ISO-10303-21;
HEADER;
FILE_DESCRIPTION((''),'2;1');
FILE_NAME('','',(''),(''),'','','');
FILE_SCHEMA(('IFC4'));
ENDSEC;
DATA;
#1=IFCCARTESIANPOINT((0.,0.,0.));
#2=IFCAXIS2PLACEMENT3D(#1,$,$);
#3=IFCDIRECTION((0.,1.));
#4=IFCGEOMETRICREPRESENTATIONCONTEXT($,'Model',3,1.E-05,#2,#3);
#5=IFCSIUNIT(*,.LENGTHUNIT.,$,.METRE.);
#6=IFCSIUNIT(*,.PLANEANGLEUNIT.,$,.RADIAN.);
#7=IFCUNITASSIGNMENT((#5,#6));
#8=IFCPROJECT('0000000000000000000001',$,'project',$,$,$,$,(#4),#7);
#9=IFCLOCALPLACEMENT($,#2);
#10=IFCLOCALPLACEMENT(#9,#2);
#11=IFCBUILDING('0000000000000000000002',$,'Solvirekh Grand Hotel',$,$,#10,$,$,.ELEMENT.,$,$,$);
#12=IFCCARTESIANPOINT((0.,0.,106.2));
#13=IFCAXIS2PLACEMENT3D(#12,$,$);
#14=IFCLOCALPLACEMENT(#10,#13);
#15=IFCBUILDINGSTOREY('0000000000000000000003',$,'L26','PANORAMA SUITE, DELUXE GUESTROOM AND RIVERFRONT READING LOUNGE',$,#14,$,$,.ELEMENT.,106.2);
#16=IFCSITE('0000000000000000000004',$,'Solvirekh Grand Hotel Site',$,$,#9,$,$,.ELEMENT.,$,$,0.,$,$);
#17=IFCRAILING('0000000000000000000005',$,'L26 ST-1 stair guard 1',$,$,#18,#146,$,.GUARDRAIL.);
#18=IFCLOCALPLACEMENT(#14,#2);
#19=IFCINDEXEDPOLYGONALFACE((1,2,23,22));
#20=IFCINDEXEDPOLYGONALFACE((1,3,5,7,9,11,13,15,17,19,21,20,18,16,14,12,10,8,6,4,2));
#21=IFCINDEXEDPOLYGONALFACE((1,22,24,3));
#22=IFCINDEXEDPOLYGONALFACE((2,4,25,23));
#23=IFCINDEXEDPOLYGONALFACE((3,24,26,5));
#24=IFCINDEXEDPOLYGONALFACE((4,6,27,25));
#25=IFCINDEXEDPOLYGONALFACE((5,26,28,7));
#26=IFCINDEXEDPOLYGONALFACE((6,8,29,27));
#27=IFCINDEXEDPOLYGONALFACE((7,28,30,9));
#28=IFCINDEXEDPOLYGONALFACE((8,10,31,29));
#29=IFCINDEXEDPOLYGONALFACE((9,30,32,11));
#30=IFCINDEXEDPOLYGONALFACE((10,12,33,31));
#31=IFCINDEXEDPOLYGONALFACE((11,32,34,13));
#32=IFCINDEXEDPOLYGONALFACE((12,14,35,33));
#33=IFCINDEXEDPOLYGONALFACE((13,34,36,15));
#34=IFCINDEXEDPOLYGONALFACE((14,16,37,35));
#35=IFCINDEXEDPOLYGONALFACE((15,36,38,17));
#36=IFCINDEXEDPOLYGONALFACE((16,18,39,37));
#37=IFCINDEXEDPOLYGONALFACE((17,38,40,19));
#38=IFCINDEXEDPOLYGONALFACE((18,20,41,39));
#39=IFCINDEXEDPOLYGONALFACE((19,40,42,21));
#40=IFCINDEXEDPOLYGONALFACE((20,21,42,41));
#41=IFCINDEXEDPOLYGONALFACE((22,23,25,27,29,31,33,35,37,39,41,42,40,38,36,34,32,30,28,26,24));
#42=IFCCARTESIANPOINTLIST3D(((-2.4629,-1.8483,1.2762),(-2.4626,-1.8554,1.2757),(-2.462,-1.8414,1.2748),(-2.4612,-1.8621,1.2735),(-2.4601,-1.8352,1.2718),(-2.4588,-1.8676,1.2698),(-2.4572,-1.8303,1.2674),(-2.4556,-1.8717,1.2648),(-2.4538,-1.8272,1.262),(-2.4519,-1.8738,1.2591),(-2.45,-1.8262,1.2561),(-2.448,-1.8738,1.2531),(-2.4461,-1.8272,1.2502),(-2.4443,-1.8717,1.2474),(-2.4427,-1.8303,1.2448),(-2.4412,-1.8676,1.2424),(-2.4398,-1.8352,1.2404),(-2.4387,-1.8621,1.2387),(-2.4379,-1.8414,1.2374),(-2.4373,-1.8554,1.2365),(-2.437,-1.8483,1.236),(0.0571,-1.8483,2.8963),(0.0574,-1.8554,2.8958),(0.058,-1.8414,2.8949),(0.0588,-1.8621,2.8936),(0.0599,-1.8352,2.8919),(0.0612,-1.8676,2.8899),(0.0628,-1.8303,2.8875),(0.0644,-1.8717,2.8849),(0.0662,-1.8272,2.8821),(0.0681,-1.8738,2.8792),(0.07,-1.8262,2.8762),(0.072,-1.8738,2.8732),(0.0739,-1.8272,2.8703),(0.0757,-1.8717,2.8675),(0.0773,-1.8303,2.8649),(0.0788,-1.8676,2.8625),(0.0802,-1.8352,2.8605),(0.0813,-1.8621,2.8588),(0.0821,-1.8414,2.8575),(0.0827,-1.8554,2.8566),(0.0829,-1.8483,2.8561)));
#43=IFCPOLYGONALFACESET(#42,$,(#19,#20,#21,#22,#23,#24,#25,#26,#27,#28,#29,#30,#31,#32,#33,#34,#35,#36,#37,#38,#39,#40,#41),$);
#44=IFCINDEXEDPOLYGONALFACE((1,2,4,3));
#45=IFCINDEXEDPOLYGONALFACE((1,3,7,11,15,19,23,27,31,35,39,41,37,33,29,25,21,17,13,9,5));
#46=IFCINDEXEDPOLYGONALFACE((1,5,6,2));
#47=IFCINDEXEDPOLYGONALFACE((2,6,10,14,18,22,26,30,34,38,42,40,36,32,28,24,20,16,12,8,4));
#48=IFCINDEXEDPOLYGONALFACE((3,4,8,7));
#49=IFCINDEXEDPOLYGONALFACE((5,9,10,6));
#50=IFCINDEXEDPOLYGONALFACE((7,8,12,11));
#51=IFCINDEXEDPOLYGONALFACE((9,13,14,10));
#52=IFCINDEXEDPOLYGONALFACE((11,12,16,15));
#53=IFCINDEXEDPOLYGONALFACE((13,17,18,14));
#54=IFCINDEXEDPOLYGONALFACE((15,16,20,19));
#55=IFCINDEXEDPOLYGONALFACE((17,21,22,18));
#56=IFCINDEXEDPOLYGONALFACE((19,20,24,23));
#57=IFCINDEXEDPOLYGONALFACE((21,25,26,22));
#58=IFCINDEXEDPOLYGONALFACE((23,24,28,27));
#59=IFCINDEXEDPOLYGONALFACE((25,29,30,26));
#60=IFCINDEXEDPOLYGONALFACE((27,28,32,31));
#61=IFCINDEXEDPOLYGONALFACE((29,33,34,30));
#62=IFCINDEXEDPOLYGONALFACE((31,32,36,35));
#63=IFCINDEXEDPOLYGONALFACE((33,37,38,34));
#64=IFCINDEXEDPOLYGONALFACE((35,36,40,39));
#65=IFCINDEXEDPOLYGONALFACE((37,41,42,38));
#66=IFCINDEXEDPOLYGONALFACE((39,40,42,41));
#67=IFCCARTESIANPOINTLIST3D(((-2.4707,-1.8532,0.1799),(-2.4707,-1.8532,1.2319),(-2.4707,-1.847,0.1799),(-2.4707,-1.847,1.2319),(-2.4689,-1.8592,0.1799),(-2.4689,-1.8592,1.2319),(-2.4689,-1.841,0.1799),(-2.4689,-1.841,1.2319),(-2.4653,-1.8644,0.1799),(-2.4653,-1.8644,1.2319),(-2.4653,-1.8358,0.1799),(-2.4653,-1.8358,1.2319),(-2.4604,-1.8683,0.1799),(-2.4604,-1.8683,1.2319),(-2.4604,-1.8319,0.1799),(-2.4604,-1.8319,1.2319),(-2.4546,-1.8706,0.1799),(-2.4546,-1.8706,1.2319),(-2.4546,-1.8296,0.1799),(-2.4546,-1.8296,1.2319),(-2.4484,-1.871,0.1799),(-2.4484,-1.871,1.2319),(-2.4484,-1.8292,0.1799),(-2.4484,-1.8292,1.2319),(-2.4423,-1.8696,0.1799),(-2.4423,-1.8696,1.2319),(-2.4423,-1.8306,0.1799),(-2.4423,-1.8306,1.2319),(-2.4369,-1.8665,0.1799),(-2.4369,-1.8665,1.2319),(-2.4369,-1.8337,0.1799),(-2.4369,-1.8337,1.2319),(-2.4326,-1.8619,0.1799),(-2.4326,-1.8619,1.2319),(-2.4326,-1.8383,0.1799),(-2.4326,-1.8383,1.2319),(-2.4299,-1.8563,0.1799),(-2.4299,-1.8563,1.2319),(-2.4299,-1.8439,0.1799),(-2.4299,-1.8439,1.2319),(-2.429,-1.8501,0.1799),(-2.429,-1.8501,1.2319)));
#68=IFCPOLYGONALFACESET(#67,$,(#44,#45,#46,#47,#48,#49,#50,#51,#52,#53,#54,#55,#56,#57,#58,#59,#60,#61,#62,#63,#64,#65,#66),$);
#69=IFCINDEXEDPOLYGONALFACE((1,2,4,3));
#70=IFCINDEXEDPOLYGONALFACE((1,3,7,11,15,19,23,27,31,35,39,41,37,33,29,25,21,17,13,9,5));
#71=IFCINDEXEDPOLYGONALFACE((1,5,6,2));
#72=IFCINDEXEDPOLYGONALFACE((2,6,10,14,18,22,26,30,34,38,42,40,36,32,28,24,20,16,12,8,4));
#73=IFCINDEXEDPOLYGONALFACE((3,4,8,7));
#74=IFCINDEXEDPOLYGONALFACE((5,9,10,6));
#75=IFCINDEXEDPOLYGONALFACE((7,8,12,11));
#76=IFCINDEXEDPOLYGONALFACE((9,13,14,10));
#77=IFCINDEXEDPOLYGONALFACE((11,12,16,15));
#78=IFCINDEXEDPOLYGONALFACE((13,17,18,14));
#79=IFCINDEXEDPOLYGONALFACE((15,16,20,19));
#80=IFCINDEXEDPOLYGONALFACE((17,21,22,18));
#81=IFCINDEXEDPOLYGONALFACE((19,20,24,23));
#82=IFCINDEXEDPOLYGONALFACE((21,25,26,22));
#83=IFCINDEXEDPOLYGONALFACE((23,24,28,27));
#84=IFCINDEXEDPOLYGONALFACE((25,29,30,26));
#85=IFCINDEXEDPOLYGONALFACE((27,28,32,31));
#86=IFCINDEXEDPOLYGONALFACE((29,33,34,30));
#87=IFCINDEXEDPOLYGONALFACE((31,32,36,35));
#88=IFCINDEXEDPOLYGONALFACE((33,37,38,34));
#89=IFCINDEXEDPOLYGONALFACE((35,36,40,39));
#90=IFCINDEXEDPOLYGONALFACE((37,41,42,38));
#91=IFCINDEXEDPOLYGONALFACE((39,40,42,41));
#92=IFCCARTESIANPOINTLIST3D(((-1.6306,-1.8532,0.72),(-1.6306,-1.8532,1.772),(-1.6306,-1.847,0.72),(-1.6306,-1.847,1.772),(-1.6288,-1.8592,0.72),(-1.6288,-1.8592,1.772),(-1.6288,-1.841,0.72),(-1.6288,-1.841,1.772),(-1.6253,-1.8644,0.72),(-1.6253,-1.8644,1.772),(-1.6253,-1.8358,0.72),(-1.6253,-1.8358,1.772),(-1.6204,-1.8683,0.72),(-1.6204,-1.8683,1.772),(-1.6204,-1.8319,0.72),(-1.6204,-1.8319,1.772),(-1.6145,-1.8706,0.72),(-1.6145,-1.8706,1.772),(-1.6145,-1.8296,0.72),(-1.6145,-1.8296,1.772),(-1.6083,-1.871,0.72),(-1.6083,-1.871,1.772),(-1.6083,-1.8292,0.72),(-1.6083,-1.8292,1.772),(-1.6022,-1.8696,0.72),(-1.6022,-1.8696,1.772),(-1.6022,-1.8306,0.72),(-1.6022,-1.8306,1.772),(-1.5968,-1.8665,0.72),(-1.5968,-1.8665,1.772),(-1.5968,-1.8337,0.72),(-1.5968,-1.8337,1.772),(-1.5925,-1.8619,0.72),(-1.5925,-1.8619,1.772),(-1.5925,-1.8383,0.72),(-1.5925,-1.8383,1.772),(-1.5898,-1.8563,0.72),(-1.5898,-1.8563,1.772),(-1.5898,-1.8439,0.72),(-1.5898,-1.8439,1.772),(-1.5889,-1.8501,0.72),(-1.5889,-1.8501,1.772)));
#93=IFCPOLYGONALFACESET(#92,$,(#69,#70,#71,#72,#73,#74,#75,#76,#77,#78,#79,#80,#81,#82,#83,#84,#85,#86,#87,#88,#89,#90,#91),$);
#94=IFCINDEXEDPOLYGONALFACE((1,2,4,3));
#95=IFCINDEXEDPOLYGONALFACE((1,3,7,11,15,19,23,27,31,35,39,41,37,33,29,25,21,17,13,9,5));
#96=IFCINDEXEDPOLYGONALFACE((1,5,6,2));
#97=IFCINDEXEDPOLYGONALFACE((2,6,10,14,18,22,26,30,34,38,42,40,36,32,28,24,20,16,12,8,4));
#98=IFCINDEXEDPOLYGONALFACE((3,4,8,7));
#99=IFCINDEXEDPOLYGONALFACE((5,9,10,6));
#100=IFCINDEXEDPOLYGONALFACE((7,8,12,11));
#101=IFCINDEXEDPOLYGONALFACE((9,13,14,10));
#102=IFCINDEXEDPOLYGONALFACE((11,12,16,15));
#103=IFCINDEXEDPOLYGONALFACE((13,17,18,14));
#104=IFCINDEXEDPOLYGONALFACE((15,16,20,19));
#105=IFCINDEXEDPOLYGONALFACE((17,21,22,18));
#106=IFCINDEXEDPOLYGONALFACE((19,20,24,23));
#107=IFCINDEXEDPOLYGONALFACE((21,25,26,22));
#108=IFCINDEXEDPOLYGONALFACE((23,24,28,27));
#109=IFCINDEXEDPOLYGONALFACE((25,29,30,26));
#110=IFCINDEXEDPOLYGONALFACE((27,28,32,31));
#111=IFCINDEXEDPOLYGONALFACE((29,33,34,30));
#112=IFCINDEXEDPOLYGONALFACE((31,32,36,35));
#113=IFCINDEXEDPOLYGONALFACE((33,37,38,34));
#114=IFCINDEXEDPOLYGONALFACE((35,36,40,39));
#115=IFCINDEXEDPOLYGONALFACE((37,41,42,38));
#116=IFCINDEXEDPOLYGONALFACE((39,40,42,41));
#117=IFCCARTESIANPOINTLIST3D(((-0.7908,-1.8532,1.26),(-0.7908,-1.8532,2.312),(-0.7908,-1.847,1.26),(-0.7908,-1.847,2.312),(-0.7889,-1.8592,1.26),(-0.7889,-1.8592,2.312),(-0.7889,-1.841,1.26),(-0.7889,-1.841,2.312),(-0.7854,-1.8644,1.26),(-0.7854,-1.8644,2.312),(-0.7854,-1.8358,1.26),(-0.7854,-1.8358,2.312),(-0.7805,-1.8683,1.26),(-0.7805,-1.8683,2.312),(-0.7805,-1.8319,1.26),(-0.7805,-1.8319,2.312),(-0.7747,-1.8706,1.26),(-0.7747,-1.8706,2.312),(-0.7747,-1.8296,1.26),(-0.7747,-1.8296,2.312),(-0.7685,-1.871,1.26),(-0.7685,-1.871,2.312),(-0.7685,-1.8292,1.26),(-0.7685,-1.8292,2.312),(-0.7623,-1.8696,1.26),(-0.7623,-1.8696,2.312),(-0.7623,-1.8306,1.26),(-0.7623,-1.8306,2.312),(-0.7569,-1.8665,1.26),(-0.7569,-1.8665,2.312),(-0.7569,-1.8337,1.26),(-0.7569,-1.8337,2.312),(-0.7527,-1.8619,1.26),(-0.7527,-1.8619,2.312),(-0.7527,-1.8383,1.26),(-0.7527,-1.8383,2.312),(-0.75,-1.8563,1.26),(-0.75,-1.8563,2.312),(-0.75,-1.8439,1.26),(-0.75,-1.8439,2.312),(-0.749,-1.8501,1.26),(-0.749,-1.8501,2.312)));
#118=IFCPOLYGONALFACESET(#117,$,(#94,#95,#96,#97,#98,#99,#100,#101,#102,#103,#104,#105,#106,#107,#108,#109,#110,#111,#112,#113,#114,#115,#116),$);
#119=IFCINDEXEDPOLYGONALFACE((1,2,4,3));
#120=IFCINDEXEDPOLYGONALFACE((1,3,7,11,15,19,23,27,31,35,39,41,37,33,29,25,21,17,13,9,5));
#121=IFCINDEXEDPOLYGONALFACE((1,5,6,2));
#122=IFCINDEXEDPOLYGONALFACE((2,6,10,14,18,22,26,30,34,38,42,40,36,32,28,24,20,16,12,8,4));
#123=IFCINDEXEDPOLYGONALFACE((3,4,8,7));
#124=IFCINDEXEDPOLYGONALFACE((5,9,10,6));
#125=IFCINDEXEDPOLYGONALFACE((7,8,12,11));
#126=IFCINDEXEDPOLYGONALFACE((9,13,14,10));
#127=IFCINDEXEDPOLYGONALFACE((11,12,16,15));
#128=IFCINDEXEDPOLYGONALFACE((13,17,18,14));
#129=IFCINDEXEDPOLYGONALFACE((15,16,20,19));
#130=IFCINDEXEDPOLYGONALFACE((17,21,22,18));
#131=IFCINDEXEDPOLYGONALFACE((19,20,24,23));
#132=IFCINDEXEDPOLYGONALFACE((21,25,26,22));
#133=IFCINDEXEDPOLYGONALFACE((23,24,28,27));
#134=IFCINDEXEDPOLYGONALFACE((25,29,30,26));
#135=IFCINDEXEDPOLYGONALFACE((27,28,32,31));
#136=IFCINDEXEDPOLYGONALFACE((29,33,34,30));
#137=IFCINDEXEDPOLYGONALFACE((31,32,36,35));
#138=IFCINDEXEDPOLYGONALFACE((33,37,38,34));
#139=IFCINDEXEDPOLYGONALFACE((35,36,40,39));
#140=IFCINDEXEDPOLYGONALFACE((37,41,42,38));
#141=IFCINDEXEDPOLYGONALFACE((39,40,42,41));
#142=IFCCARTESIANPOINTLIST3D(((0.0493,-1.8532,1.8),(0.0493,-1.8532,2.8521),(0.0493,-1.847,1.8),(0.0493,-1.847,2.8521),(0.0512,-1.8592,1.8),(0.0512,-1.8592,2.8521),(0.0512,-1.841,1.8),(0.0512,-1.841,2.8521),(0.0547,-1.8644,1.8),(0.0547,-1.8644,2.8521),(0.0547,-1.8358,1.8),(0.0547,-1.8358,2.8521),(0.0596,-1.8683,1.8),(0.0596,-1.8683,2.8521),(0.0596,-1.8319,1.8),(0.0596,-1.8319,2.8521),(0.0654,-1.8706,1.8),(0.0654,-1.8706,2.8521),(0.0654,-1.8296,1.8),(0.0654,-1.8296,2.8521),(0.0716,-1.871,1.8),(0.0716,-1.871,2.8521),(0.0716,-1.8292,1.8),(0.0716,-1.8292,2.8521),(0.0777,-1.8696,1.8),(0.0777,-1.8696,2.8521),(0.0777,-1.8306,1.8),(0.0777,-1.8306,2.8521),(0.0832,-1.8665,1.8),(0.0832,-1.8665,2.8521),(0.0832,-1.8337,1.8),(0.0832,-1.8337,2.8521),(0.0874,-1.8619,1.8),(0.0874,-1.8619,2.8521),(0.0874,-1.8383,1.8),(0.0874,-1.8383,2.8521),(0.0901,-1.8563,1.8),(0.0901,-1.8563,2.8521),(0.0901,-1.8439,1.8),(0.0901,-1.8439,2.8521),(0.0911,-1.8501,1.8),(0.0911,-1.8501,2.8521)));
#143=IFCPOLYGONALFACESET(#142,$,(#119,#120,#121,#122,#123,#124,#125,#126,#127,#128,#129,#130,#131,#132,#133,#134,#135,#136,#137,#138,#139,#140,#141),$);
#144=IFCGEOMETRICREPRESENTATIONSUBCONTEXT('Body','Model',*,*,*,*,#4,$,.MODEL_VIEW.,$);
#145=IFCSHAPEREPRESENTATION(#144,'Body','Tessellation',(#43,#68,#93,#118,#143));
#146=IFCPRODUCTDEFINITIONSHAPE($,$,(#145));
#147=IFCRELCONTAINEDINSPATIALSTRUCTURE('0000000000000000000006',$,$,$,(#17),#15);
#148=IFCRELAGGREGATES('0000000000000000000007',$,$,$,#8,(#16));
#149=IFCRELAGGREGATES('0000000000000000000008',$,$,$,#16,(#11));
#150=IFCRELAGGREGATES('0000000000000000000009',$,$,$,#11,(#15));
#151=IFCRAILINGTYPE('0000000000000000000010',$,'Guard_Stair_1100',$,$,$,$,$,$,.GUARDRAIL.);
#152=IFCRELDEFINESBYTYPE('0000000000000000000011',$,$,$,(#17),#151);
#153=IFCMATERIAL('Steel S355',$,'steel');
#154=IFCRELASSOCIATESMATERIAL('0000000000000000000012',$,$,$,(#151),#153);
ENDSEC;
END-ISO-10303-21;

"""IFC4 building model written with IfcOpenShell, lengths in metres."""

from ifc_helpers import new_model, si_unit, direction, frame, origin, origin_2d, place, context, subcontext, project, spatial, circle, extrude, material, type_object, element, save


model = new_model("IFC4")

# Units and contexts
model_context = context("Model", 3, precision=1e-05, world=origin(), true_north=direction((0.0, 1.0)))
body_context = subcontext(model_context, "Body", "Model", "MODEL_VIEW")
ifc_project = project(units=[si_unit("LENGTHUNIT", "METRE"), si_unit("PLANEANGLEUNIT", "RADIAN")], contexts=[model_context])

# Site, building, storey
site_placement = place(None, origin())
site = spatial("IfcSite", under=ifc_project, at=site_placement, Name="Solvirekh Grand Hotel Site", CompositionType="ELEMENT", RefElevation=0.0)
building_placement = place(site_placement, origin())
building = spatial("IfcBuilding", under=site, at=building_placement, Name="Solvirekh Grand Hotel", CompositionType="ELEMENT")
storey_placement = place(building_placement, frame((0.0, 0.0, 106.2)))
storey = spatial("IfcBuildingStorey", under=building, at=storey_placement, Name="L26", Description="PANORAMA SUITE, DELUXE GUESTROOM AND RIVERFRONT READING LOUNGE", CompositionType="ELEMENT", Elevation=106.2)

# Railing
ifc_material_1 = material(Name="Steel S355", Category="steel")
railing_type_1 = type_object("IfcRailingType", Name="Guard_Stair_1100", PredefinedType="GUARDRAIL", material=ifc_material_1)
railing_1_placement = place(storey_placement, frame((-2.45, -1.8501, 0.1799)))
element("IfcRailing", 1, at=railing_1_placement, inside=storey, type_object=railing_type_1, Name="L26 ST-1 stair guard 1", PredefinedType="GUARDRAIL", context=body_context, shape_type="SweptSolid", body=[
    extrude(circle(Radius=0.0239, at=origin_2d()), frame((0.0, 0.0, 1.0762), z_axis=(0.841163, 0.0, 0.540782), x_axis=(0.0, 1.0, 0.0)), (0.0, 0.0, 1.0), 2.9958),
    extrude(circle(Radius=0.021, at=origin_2d()), origin(), (0.0, 0.0, 1.0), 1.052),
    extrude(circle(Radius=0.021, at=origin_2d()), frame((0.8401, 0.0, 0.54)), (0.0, 0.0, 1.0), 1.052),
    extrude(circle(Radius=0.021, at=origin_2d()), frame((1.6799, 0.0, 1.0801)), (0.0, 0.0, 1.0), 1.052),
    extrude(circle(Radius=0.021, at=origin_2d()), frame((2.52, 0.0, 1.6201)), (0.0, 0.0, 1.0), 1.052),
])

save(model, "model.ifc")
